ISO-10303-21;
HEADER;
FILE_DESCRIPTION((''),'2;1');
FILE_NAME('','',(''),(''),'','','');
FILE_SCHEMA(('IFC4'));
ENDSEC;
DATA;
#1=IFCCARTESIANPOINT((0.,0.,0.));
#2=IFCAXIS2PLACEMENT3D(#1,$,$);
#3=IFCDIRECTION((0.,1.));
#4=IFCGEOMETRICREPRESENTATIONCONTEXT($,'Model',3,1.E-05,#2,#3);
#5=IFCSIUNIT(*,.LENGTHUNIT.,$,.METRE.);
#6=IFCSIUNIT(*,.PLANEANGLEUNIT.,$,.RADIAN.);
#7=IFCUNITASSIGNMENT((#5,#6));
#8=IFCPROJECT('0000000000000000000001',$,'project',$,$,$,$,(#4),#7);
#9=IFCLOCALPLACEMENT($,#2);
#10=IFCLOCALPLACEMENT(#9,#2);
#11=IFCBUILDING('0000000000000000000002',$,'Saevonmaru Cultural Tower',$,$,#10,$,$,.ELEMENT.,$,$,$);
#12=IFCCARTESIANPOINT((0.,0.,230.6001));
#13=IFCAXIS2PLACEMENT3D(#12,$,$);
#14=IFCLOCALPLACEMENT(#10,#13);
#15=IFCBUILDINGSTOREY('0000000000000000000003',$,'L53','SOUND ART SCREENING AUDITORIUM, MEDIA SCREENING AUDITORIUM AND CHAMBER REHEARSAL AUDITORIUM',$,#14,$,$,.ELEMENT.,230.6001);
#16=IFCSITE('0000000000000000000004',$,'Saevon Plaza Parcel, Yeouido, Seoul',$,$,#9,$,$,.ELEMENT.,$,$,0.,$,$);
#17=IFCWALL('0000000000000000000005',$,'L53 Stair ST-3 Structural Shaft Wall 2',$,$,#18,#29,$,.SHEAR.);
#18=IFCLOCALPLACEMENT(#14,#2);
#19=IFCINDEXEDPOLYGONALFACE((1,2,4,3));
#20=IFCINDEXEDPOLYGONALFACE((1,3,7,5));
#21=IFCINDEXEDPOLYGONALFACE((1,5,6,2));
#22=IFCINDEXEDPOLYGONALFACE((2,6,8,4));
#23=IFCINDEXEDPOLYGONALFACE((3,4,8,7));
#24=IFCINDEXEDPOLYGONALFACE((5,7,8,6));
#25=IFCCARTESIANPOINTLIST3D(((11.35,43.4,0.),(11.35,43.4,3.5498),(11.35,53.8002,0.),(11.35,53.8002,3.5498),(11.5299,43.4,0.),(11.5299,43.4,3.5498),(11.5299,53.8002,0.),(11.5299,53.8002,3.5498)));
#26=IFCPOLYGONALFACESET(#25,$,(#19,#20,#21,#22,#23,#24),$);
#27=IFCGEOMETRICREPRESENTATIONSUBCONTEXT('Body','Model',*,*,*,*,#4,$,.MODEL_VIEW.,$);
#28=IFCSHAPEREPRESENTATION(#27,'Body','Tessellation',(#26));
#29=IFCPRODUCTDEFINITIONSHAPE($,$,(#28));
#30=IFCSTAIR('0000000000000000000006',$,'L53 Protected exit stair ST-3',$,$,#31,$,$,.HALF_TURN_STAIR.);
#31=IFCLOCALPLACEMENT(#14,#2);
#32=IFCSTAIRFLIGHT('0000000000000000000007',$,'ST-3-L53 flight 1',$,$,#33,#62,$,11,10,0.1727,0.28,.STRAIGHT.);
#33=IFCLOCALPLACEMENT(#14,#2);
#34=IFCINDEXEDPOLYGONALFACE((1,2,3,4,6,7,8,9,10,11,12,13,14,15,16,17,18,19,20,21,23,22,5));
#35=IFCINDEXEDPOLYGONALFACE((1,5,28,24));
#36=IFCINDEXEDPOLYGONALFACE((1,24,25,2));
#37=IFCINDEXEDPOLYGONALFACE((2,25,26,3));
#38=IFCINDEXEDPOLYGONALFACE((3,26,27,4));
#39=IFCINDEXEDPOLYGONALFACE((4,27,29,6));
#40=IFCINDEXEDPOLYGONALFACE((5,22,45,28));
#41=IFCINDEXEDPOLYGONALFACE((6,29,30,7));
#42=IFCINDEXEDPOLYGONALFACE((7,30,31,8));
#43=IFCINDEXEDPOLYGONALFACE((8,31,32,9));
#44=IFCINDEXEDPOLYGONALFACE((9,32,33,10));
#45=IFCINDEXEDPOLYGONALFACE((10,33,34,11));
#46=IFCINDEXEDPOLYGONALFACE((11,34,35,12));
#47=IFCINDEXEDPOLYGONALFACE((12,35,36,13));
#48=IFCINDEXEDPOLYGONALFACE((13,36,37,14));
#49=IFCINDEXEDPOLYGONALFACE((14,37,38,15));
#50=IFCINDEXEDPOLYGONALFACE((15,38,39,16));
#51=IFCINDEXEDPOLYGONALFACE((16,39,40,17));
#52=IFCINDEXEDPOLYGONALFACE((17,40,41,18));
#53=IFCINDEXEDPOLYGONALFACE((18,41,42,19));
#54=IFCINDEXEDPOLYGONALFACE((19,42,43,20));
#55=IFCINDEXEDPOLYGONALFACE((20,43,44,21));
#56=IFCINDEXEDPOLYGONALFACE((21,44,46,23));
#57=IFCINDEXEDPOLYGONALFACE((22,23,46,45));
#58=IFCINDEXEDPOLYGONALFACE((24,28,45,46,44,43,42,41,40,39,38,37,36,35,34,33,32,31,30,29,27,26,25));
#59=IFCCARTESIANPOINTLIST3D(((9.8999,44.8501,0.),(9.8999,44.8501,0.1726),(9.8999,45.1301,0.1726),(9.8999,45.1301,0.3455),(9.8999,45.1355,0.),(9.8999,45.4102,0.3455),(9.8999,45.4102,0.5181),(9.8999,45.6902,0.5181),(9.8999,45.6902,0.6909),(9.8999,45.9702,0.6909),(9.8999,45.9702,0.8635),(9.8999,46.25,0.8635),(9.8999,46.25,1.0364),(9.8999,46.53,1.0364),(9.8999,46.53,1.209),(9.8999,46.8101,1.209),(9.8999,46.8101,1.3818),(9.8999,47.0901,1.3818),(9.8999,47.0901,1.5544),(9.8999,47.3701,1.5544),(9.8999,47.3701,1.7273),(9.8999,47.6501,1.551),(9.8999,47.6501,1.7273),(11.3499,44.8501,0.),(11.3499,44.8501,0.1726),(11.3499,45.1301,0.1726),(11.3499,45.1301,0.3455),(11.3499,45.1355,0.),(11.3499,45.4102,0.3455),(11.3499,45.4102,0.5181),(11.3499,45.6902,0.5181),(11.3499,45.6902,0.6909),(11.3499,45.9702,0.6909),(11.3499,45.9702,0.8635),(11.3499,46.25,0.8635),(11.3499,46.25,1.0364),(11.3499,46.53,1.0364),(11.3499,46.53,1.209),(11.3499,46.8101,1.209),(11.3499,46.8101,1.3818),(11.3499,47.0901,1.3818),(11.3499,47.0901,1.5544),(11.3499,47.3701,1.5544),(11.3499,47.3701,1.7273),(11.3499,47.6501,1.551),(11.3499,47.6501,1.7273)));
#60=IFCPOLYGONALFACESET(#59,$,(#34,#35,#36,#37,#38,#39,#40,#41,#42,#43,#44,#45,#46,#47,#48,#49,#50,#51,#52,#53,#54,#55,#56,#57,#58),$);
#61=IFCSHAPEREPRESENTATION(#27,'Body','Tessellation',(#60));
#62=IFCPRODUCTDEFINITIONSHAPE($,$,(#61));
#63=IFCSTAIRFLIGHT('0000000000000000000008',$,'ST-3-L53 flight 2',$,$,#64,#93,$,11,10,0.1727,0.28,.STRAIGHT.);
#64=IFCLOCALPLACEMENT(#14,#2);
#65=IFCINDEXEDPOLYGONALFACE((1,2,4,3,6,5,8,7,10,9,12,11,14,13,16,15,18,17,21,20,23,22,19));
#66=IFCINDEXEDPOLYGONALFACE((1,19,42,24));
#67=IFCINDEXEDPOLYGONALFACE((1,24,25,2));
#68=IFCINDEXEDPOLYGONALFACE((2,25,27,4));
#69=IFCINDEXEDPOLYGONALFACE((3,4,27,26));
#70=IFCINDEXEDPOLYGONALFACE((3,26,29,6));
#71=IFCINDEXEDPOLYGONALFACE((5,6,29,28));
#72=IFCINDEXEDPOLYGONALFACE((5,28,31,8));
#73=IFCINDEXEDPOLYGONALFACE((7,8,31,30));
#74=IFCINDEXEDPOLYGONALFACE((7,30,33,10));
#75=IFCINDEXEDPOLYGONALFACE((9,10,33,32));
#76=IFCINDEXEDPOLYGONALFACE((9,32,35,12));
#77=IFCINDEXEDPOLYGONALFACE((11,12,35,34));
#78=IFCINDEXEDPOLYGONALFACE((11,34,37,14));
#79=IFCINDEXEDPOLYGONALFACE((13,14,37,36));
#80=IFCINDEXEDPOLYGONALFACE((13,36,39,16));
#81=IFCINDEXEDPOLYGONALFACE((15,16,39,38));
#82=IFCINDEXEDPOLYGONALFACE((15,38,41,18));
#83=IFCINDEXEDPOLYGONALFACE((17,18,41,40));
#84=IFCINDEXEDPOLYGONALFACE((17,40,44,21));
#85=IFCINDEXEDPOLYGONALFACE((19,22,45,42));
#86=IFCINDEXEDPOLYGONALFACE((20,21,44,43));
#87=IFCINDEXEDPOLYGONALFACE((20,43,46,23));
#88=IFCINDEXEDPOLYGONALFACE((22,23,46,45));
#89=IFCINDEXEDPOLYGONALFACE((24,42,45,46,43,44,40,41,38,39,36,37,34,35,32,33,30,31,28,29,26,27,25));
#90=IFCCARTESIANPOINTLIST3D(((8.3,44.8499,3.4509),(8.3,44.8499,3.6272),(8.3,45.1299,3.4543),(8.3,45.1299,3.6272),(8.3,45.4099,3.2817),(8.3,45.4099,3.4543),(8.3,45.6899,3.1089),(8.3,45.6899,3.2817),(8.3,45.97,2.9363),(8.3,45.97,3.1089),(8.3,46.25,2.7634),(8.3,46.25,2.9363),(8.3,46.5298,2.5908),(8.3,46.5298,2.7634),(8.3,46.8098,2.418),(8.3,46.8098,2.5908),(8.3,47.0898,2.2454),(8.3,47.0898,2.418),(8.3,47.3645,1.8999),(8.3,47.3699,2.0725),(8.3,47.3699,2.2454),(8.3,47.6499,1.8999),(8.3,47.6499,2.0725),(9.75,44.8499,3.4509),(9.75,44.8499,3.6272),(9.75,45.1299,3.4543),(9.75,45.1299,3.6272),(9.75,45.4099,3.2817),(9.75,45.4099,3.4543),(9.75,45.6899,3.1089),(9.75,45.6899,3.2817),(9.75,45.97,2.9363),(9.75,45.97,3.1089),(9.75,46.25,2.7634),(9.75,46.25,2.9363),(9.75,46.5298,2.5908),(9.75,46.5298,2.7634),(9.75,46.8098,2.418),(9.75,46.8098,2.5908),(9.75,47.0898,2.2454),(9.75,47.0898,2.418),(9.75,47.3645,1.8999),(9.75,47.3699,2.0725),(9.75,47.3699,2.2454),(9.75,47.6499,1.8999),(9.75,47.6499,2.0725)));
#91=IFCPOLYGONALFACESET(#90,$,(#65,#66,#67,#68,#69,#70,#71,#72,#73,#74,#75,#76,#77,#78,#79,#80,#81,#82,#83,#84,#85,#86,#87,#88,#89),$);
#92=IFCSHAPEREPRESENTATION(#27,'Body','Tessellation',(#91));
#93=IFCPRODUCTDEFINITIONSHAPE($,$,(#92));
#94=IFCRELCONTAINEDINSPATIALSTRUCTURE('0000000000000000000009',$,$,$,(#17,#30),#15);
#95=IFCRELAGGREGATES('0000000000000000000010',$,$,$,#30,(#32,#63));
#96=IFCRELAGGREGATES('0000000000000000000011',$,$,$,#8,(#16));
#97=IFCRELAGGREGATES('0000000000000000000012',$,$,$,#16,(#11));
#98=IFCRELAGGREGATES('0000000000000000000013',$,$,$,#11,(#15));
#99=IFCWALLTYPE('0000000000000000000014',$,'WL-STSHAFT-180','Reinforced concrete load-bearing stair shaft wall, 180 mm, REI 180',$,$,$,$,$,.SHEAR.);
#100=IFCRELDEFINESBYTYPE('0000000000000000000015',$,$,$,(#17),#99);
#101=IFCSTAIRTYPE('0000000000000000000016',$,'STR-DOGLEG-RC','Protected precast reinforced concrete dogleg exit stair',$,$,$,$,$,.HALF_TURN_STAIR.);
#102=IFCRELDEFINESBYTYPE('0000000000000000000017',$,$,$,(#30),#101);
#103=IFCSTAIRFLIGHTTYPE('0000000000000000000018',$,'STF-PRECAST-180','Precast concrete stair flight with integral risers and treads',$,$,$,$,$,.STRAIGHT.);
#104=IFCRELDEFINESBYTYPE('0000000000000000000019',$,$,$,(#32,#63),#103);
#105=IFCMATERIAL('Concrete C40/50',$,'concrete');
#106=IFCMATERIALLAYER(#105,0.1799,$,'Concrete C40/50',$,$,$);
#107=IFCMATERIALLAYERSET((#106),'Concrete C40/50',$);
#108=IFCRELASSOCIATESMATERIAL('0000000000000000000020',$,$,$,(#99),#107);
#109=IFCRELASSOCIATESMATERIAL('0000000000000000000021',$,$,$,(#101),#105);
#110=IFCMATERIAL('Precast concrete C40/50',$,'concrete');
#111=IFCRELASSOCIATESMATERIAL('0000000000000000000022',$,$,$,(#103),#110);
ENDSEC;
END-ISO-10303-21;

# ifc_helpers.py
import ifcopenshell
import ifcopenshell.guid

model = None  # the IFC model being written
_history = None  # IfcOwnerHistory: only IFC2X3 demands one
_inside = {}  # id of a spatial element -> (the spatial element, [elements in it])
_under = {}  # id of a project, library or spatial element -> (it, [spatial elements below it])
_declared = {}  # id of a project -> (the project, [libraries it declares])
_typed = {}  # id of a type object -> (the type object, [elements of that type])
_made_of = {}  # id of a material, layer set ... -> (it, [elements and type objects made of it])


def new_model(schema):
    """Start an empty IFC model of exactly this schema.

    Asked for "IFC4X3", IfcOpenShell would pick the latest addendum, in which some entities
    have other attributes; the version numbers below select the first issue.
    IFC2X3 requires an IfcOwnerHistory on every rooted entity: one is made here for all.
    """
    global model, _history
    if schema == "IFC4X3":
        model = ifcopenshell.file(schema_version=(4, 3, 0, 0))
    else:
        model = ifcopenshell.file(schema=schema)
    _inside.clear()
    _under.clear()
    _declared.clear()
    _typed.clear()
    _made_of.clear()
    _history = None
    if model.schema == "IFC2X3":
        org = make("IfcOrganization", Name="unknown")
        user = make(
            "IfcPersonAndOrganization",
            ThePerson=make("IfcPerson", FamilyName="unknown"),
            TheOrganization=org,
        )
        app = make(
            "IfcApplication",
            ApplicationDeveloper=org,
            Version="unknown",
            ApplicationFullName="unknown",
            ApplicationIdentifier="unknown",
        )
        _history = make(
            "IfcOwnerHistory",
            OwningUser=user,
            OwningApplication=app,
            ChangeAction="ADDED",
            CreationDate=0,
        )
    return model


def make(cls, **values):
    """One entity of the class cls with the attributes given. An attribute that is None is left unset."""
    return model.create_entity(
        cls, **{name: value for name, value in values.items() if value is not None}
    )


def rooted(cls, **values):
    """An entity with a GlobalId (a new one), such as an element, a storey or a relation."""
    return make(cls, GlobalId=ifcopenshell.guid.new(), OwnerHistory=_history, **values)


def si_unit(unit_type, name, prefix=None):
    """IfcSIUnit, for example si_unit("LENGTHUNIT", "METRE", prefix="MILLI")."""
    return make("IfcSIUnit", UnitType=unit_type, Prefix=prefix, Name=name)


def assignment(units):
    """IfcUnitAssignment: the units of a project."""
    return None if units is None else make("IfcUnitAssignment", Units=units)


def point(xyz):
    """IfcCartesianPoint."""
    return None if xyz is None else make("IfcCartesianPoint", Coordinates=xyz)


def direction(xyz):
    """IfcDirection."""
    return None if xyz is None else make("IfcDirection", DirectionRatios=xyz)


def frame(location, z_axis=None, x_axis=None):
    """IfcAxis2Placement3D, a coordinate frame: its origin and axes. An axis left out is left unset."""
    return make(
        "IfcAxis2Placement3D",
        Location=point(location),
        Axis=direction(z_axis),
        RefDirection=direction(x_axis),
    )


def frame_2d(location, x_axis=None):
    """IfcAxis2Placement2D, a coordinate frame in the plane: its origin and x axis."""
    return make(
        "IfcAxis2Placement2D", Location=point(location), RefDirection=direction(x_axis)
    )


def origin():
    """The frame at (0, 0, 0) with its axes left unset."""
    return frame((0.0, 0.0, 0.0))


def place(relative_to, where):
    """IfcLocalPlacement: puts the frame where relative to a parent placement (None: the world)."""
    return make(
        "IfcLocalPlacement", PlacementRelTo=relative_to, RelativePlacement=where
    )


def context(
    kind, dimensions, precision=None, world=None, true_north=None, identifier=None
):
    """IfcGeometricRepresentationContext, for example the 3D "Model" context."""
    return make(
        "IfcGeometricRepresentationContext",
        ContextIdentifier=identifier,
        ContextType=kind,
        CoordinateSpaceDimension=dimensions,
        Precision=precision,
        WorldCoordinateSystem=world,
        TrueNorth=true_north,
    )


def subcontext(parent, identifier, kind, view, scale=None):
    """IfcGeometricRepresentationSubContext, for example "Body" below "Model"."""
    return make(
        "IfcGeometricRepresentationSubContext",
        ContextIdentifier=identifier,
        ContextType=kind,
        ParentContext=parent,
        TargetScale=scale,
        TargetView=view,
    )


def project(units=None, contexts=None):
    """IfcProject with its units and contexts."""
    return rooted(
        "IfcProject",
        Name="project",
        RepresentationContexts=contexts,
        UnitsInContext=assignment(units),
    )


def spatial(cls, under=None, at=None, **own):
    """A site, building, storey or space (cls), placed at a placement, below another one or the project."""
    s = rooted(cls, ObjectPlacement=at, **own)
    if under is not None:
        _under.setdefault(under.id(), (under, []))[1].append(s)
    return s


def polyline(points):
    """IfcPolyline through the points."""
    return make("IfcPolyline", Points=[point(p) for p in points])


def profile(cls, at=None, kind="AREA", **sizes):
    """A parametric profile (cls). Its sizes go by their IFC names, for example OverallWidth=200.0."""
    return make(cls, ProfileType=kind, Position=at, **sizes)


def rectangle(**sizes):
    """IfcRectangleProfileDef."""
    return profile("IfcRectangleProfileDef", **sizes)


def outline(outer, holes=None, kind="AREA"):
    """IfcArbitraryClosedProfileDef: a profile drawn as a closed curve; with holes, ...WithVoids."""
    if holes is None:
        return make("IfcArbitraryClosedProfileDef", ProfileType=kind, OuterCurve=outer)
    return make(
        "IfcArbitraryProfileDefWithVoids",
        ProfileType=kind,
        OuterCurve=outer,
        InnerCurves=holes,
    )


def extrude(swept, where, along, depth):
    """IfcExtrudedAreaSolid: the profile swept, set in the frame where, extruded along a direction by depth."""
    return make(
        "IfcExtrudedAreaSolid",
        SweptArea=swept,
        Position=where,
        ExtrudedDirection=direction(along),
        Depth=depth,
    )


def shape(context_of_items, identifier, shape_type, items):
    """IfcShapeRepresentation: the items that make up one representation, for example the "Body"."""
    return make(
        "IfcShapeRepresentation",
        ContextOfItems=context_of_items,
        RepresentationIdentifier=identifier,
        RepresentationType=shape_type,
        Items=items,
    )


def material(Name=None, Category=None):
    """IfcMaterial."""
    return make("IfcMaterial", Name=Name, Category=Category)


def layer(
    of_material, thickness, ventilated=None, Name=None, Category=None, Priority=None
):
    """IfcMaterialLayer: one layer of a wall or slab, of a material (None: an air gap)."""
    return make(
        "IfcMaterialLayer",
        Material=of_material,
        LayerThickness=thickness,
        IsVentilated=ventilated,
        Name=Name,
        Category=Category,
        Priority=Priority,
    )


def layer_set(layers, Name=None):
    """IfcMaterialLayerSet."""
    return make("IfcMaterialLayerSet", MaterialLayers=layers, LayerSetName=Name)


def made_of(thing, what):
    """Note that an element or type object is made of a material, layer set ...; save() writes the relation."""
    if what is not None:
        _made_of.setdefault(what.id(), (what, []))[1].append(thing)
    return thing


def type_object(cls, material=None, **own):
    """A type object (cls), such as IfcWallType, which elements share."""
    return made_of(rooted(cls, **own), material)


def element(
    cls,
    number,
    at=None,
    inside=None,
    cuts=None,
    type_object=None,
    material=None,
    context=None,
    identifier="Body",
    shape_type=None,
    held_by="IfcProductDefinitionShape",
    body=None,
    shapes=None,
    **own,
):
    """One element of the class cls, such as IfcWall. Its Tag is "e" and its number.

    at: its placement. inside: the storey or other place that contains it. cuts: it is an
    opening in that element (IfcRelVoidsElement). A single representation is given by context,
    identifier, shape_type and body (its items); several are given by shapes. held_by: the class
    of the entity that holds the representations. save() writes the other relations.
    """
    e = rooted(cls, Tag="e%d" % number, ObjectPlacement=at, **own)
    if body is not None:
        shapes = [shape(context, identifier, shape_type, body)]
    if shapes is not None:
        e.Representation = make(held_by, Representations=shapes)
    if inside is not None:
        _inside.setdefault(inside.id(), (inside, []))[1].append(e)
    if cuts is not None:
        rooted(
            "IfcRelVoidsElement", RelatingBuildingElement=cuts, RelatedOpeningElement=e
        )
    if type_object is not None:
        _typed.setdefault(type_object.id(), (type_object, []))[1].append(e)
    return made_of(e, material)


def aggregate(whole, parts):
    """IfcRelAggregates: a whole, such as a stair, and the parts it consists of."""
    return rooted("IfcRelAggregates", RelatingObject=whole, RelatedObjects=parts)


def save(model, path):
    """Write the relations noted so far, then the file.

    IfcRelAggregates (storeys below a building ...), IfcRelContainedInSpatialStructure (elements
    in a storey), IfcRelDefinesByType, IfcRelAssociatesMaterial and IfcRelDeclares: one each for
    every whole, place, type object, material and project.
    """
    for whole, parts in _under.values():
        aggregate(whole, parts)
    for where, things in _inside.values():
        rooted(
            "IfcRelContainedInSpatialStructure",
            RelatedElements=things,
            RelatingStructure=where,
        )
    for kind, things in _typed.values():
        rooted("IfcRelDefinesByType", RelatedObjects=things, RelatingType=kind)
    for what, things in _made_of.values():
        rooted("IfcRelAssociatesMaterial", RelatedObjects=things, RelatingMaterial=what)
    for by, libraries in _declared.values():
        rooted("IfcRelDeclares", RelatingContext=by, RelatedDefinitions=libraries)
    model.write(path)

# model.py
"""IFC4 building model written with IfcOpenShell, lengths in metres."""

from ifc_helpers import new_model, si_unit, direction, frame, frame_2d, origin, place, context, subcontext, project, spatial, polyline, rectangle, outline, extrude, material, layer, layer_set, type_object, element, aggregate, save


model = new_model("IFC4")

# Units and contexts
model_context = context("Model", 3, precision=1e-05, world=origin(), true_north=direction((0.0, 1.0)))
body_context = subcontext(model_context, "Body", "Model", "MODEL_VIEW")
ifc_project = project(units=[si_unit("LENGTHUNIT", "METRE"), si_unit("PLANEANGLEUNIT", "RADIAN")], contexts=[model_context])

# Site, building, storey
site_placement = place(None, origin())
site = spatial("IfcSite", under=ifc_project, at=site_placement, Name="Saevon Plaza Parcel, Yeouido, Seoul", CompositionType="ELEMENT", RefElevation=0.0)
building_placement = place(site_placement, origin())
building = spatial("IfcBuilding", under=site, at=building_placement, Name="Saevonmaru Cultural Tower", CompositionType="ELEMENT")
storey_placement = place(building_placement, frame((0.0, 0.0, 230.6001)))
storey = spatial("IfcBuildingStorey", under=building, at=storey_placement, Name="L53", Description="SOUND ART SCREENING AUDITORIUM, MEDIA SCREENING AUDITORIUM AND CHAMBER REHEARSAL AUDITORIUM", CompositionType="ELEMENT", Elevation=230.6001)

# Shared definitions
ifc_material_1 = material(Name="Concrete C40/50", Category="concrete")
ifc_layer_1 = layer(ifc_material_1, 0.1799, Name="Concrete C40/50")
ifc_layer_set_1 = layer_set([ifc_layer_1], Name="Concrete C40/50")
wall_type_1 = type_object("IfcWallType", Name="WL-STSHAFT-180", Description="Reinforced concrete load-bearing stair shaft wall, 180 mm, REI 180", PredefinedType="SHEAR", material=ifc_layer_set_1)

# Wall
wall_1_placement = place(storey_placement, frame((11.4399, 43.3999, 0.0), z_axis=(0.0, 0.0, 1.0), x_axis=(0.0, 1.0, 0.0)))
element("IfcWall", 1, at=wall_1_placement, inside=storey, type_object=wall_type_1, Name="L53 Stair ST-3 Structural Shaft Wall 2", PredefinedType="SHEAR", context=body_context, shape_type="SweptSolid", body=[
    extrude(rectangle(XDim=10.4001, YDim=0.1799, at=frame_2d((5.2002, 0.0))), origin(), (0.0, 0.0, 1.0), 3.5498),
])

# Stair, stair flights
stair_type = type_object("IfcStairType", Name="STR-DOGLEG-RC", Description="Protected precast reinforced concrete dogleg exit stair", PredefinedType="HALF_TURN_STAIR", material=ifc_material_1)
stair_placement = place(storey_placement, origin())
stair = element("IfcStair", 2, at=stair_placement, inside=storey, type_object=stair_type, Name="L53 Protected exit stair ST-3", PredefinedType="HALF_TURN_STAIR")
ifc_material_2 = material(Name="Precast concrete C40/50", Category="concrete")
stair_flight_type = type_object("IfcStairFlightType", Name="STF-PRECAST-180", Description="Precast concrete stair flight with integral risers and treads", PredefinedType="STRAIGHT", material=ifc_material_2)
stair_flight_1_placement = place(storey_placement, frame((10.625, 44.8501, 0.0), z_axis=(0.0, 0.0, 1.0), x_axis=(0.0, 1.0, 0.0)))
stair_flight_1 = element("IfcStairFlight", 3, at=stair_flight_1_placement, type_object=stair_flight_type, Name="ST-3-L53 flight 1", NumberOfRisers=11, NumberOfTreads=10, PredefinedType="STRAIGHT", RiserHeight=0.1727, TreadLength=0.28, context=body_context, shape_type="SweptSolid", body=[
    extrude(outline(polyline([(0.0, 0.0), (0.0, 0.1726), (0.28, 0.1726), (0.28, 0.3455), (0.5601, 0.3455), (0.5601, 0.5181), (0.8401, 0.5181), (0.8401, 0.6909), (1.1201, 0.6909), (1.1201, 0.8635), (1.3999, 0.8635), (1.3999, 1.0364), (1.6799, 1.0364), (1.6799, 1.209), (1.96, 1.209), (1.96, 1.3818), (2.24, 1.3818), (2.24, 1.5544), (2.52, 1.5544), (2.52, 1.7273), (2.8, 1.7273), (2.8, 1.8999), (2.8, 1.551), (0.2854, 0.0), (0.0, 0.0)])), frame((0.0, 0.7251, 0.0), z_axis=(0.0, -1.0, 0.0), x_axis=(1.0, 0.0, 0.0)), (0.0, 0.0, 1.0), 1.45),
])
stair_flight_2_placement = place(storey_placement, frame((9.0249, 47.6499, 1.8999), z_axis=(0.0, 0.0, 1.0), x_axis=(0.0, -1.0, 0.0)))
stair_flight_2 = element("IfcStairFlight", 4, at=stair_flight_2_placement, type_object=stair_flight_type, Name="ST-3-L53 flight 2", NumberOfRisers=11, NumberOfTreads=10, PredefinedType="STRAIGHT", RiserHeight=0.1727, TreadLength=0.28, context=body_context, shape_type="SweptSolid", body=[
    extrude(outline(polyline([(0.0, 0.0), (0.0, 0.1726), (0.28, 0.1726), (0.28, 0.3455), (0.5601, 0.3455), (0.5601, 0.5181), (0.8401, 0.5181), (0.8401, 0.6909), (1.1201, 0.6909), (1.1201, 0.8635), (1.3999, 0.8635), (1.3999, 1.0364), (1.6799, 1.0364), (1.6799, 1.209), (1.96, 1.209), (1.96, 1.3818), (2.24, 1.3818), (2.24, 1.5544), (2.52, 1.5544), (2.52, 1.7273), (2.8, 1.7273), (2.8, 1.8999), (2.8, 1.551), (0.2854, 0.0), (0.0, 0.0)])), frame((0.0, 0.7251, 0.0), z_axis=(0.0, -1.0, 0.0), x_axis=(1.0, 0.0, 0.0)), (0.0, 0.0, 1.0), 1.45),
])
aggregate(stair, [stair_flight_1, stair_flight_2])

save(model, "model.ifc")
